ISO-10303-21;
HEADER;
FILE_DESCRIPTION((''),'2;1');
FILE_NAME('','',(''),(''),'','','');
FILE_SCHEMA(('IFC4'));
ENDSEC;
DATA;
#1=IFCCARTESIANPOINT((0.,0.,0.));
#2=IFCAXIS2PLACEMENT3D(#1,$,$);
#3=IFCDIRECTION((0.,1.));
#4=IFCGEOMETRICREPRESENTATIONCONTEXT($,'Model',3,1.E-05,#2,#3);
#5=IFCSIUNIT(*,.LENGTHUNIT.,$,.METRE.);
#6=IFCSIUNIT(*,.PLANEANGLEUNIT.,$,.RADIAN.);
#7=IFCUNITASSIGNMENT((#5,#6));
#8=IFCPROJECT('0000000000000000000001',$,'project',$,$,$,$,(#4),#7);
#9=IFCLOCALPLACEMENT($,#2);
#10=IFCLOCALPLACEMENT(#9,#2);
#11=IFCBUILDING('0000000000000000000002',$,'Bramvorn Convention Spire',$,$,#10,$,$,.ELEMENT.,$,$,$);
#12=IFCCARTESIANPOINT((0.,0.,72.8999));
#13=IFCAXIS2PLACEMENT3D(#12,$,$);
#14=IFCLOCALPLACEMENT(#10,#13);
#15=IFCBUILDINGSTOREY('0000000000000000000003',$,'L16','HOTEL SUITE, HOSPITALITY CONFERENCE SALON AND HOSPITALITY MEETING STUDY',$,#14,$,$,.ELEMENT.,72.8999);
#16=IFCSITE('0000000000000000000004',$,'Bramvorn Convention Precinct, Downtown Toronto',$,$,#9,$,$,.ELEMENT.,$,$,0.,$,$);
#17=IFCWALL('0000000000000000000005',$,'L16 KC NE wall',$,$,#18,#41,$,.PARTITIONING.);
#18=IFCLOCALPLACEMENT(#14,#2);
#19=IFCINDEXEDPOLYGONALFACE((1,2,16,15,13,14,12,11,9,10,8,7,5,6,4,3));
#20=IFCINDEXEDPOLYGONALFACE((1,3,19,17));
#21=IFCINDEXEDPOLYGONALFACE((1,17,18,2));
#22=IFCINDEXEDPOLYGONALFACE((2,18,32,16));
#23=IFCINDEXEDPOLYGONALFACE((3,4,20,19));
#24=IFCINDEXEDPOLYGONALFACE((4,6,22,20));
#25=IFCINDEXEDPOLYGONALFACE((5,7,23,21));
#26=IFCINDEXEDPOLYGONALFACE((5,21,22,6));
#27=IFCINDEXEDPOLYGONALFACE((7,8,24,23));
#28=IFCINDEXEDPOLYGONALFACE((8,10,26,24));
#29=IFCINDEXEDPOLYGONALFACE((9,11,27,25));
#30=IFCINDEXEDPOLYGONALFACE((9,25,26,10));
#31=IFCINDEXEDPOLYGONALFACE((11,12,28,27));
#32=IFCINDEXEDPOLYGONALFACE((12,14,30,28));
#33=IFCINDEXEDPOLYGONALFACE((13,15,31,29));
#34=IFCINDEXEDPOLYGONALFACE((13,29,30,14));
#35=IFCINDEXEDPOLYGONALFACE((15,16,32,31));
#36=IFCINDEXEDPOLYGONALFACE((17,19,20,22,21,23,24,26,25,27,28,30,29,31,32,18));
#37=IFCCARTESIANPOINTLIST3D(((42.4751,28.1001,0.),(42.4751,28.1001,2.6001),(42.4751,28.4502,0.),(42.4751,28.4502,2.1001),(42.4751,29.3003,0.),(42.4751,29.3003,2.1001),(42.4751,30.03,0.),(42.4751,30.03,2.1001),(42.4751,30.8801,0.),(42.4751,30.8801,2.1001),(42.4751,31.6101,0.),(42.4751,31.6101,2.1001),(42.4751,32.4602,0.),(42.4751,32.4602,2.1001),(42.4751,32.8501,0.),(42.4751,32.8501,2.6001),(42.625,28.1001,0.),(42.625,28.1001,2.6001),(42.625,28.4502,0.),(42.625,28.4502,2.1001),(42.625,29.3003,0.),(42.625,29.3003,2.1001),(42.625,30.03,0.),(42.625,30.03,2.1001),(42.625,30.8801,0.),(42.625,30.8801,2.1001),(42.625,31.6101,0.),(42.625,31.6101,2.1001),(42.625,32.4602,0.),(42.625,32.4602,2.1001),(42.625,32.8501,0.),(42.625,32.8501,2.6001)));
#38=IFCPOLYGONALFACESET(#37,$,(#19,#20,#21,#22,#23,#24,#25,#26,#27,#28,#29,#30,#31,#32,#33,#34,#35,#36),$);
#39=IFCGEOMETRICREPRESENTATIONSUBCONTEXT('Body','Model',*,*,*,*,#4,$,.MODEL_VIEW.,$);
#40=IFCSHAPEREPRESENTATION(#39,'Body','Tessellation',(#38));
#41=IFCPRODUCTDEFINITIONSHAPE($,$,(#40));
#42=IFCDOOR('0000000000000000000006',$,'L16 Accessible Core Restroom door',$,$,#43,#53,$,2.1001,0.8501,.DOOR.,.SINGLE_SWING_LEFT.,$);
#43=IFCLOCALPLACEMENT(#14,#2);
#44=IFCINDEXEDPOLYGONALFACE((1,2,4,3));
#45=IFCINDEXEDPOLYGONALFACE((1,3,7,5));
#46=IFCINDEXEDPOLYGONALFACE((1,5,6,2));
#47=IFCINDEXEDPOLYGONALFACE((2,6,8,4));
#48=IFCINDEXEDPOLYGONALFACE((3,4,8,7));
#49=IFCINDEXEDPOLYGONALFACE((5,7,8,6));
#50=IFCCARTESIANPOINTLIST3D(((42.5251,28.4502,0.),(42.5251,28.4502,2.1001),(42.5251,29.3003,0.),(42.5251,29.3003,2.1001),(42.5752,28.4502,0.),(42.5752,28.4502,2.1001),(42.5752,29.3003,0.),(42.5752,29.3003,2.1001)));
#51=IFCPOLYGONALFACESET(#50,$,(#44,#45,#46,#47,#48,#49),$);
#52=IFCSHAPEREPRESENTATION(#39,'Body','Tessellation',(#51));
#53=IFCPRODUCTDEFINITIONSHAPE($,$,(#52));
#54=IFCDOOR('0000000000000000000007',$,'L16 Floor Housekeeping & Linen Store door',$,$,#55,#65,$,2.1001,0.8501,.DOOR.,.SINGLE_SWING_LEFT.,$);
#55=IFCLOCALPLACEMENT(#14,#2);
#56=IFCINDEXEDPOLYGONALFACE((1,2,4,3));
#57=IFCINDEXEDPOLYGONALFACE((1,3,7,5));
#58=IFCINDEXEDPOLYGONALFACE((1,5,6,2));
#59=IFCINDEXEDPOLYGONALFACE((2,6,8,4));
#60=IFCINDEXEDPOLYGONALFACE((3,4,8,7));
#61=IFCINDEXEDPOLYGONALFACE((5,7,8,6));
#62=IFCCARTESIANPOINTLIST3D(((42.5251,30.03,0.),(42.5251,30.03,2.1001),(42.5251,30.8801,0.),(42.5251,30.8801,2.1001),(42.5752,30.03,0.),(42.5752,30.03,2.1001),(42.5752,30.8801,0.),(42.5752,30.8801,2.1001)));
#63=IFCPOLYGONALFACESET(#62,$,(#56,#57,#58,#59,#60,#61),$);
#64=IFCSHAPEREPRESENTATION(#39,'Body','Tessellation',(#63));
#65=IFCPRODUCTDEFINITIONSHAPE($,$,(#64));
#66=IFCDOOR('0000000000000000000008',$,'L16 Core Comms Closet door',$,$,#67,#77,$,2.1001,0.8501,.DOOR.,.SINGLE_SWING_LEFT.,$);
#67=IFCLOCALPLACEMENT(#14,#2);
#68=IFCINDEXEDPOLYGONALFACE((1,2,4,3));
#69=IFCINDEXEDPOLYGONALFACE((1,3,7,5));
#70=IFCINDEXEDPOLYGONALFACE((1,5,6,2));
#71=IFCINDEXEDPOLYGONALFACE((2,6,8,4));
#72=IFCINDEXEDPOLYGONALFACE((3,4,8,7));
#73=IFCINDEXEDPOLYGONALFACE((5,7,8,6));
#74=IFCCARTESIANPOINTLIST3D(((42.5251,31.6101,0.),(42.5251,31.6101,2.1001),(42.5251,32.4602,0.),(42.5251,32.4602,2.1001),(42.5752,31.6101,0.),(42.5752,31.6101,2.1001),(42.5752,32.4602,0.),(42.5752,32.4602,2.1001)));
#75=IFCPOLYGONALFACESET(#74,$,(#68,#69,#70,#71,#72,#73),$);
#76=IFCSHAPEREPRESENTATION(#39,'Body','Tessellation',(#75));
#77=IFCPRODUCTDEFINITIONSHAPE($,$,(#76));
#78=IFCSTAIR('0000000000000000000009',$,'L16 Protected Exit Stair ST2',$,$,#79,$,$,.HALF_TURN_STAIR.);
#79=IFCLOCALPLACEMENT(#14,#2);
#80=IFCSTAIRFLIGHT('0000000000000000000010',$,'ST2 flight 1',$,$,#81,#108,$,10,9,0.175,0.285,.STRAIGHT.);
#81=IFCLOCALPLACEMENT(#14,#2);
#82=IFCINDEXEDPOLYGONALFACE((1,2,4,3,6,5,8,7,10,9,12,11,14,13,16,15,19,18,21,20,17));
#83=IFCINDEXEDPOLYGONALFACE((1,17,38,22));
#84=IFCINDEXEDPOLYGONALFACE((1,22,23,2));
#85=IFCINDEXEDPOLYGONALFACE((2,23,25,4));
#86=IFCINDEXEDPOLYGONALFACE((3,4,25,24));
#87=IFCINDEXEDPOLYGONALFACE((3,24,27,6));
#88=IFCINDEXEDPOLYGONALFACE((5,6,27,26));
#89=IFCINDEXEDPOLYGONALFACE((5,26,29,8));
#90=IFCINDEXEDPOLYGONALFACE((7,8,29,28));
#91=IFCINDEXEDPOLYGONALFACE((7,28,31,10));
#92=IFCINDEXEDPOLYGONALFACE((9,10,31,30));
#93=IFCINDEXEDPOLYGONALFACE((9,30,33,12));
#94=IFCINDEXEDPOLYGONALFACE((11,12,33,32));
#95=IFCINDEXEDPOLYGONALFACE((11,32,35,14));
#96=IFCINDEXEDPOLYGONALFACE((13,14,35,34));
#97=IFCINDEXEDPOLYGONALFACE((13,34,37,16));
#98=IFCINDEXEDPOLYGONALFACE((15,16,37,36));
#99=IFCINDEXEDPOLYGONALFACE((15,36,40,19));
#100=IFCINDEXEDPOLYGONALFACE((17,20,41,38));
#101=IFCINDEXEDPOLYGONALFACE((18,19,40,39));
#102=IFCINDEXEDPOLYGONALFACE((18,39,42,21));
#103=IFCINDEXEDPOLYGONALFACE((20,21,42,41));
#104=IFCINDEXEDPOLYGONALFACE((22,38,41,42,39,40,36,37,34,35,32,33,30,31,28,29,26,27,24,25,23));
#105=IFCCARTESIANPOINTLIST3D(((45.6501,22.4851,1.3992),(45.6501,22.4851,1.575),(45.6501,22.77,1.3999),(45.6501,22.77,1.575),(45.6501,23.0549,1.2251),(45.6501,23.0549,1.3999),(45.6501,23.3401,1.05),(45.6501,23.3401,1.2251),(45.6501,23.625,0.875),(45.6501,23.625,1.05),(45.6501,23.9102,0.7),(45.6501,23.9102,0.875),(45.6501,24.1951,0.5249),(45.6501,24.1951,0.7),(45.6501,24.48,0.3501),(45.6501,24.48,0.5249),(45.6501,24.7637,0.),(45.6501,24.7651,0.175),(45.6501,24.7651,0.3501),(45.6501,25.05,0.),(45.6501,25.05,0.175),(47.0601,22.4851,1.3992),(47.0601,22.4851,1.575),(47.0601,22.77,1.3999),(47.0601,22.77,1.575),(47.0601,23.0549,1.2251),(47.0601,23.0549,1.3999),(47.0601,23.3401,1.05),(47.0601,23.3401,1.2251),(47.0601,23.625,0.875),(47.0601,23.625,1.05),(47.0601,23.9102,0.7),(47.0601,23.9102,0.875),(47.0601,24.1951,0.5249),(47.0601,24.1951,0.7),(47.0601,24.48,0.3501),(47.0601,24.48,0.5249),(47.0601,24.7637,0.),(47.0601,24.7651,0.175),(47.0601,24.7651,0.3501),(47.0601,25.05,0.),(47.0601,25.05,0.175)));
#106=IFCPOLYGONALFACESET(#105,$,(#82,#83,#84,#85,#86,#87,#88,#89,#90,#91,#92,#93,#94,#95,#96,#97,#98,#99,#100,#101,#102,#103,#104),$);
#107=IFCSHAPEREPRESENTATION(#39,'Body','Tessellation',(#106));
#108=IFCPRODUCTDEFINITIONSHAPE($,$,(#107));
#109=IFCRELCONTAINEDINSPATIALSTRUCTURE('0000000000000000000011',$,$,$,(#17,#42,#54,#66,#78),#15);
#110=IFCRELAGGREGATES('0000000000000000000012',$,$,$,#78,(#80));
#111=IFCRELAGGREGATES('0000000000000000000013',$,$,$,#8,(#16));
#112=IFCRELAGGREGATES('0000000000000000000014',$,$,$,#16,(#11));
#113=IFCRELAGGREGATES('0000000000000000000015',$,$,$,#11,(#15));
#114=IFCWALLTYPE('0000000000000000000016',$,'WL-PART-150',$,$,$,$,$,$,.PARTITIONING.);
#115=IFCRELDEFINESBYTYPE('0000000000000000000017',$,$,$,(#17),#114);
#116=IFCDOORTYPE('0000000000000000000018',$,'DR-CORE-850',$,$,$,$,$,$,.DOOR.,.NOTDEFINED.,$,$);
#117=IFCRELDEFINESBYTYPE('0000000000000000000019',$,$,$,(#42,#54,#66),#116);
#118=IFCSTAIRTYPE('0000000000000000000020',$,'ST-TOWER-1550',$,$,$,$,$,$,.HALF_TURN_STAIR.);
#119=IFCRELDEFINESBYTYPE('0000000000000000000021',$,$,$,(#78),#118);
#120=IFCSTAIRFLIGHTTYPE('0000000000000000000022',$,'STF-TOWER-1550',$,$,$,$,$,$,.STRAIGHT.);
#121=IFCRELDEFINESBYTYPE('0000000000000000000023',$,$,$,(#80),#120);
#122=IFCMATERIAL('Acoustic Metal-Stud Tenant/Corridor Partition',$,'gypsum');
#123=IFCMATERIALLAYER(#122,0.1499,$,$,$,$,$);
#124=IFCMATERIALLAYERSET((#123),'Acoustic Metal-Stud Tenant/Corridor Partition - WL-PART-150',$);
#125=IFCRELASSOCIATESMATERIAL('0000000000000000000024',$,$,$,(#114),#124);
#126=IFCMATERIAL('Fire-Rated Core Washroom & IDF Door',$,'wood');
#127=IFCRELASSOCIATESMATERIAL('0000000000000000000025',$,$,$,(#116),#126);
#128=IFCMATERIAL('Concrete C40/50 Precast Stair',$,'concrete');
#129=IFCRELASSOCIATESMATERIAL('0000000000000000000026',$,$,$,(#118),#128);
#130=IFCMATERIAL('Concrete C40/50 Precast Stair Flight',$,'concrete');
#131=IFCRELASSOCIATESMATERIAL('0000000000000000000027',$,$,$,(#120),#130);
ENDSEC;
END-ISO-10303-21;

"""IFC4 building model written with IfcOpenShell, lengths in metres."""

from ifc_helpers import new_model, si_unit, direction, frame, frame_2d, origin, place, context, subcontext, project, spatial, polyline, rectangle, outline, extrude, material, layer, layer_set, type_object, element, fill, aggregate, save


model = new_model("IFC4")

# Units and contexts
model_context = context("Model", 3, precision=1e-05, world=origin(), true_north=direction((0.0, 1.0)))
body_context = subcontext(model_context, "Body", "Model", "MODEL_VIEW")
ifc_project = project(units=[si_unit("LENGTHUNIT", "METRE"), si_unit("PLANEANGLEUNIT", "RADIAN")], contexts=[model_context])

# Site, building, storey
site_placement = place(None, origin())
site = spatial("IfcSite", under=ifc_project, at=site_placement, Name="Bramvorn Convention Precinct, Downtown Toronto", CompositionType="ELEMENT", RefElevation=0.0)
building_placement = place(site_placement, origin())
building = spatial("IfcBuilding", under=site, at=building_placement, Name="Bramvorn Convention Spire", CompositionType="ELEMENT")
storey_placement = place(building_placement, frame((0.0, 0.0, 72.8999)))
storey = spatial("IfcBuildingStorey", under=building, at=storey_placement, Name="L16", Description="HOTEL SUITE, HOSPITALITY CONFERENCE SALON AND HOSPITALITY MEETING STUDY", CompositionType="ELEMENT", Elevation=72.8999)

# Shared definitions
ifc_material_1 = material(Name="Acoustic Metal-Stud Tenant/Corridor Partition", Category="gypsum")
ifc_layer_1 = layer(ifc_material_1, 0.1499)
ifc_layer_set_1 = layer_set([ifc_layer_1], Name="Acoustic Metal-Stud Tenant/Corridor Partition - WL-PART-150")
wall_type_1 = type_object("IfcWallType", Name="WL-PART-150", PredefinedType="PARTITIONING", material=ifc_layer_set_1)

# Wall, openings, doors
wall_1_placement = place(storey_placement, frame((42.55, 28.1001, 0.0), z_axis=(0.0, 0.0, 1.0), x_axis=(0.0, 1.0, 0.0)))
wall_1 = element("IfcWall", 1, at=wall_1_placement, inside=storey, type_object=wall_type_1, Name="L16 KC NE wall", PredefinedType="PARTITIONING", context=body_context, shape_type="SweptSolid", body=[
    extrude(rectangle(XDim=4.75, YDim=0.1499, at=frame_2d((2.375, 0.0))), origin(), (0.0, 0.0, 1.0), 2.6001),
])
opening_1_placement = place(wall_1_placement, frame((0.3501, 0.0, 0.0)))
opening_1 = element("IfcOpeningElement", 2, at=opening_1_placement, cuts=wall_1, PredefinedType="OPENING", context=body_context, shape_type="SweptSolid", body=[
    extrude(rectangle(XDim=0.8501, YDim=2.1001, at=frame_2d((0.425, 1.05))), frame((0.0, 0.085, 0.0), z_axis=(0.0, -1.0, 0.0), x_axis=(1.0, 0.0, 0.0)), (0.0, 0.0, 1.0), 0.1699),
])
opening_2_placement = place(wall_1_placement, frame((1.9299, 0.0, 0.0)))
opening_2 = element("IfcOpeningElement", 3, at=opening_2_placement, cuts=wall_1, PredefinedType="OPENING", context=body_context, shape_type="SweptSolid", body=[
    extrude(rectangle(XDim=0.8501, YDim=2.1001, at=frame_2d((0.425, 1.05))), frame((0.0, 0.085, 0.0), z_axis=(0.0, -1.0, 0.0), x_axis=(1.0, 0.0, 0.0)), (0.0, 0.0, 1.0), 0.1699),
])
opening_3_placement = place(wall_1_placement, frame((3.51, 0.0, 0.0)))
opening_3 = element("IfcOpeningElement", 4, at=opening_3_placement, cuts=wall_1, PredefinedType="OPENING", context=body_context, shape_type="SweptSolid", body=[
    extrude(rectangle(XDim=0.8501, YDim=2.1001, at=frame_2d((0.425, 1.05))), frame((0.0, 0.085, 0.0), z_axis=(0.0, -1.0, 0.0), x_axis=(1.0, 0.0, 0.0)), (0.0, 0.0, 1.0), 0.1699),
])
ifc_material_2 = material(Name="Fire-Rated Core Washroom & IDF Door", Category="wood")
door_type_1 = type_object("IfcDoorType", Name="DR-CORE-850", OperationType="NOTDEFINED", PredefinedType="DOOR", material=ifc_material_2)
door_1_placement = place(opening_1_placement, origin())
door_1 = element("IfcDoor", 5, at=door_1_placement, inside=storey, type_object=door_type_1, Name="L16 Accessible Core Restroom door", OperationType="SINGLE_SWING_LEFT", OverallHeight=2.1001, OverallWidth=0.8501, PredefinedType="DOOR", context=body_context, shape_type="SweptSolid", body=[
    extrude(rectangle(XDim=0.8501, YDim=2.1001, at=frame_2d((0.425, 1.05))), frame((0.0, 0.0249, 0.0), z_axis=(0.0, -1.0, 0.0), x_axis=(1.0, 0.0, 0.0)), (0.0, 0.0, 1.0), 0.05),
])
fill(opening_1, door_1)
door_2_placement = place(opening_2_placement, origin())
door_2 = element("IfcDoor", 6, at=door_2_placement, inside=storey, type_object=door_type_1, Name="L16 Floor Housekeeping & Linen Store door", OperationType="SINGLE_SWING_LEFT", OverallHeight=2.1001, OverallWidth=0.8501, PredefinedType="DOOR", context=body_context, shape_type="SweptSolid", body=[
    extrude(rectangle(XDim=0.8501, YDim=2.1001, at=frame_2d((0.425, 1.05))), frame((0.0, 0.0249, 0.0), z_axis=(0.0, -1.0, 0.0), x_axis=(1.0, 0.0, 0.0)), (0.0, 0.0, 1.0), 0.05),
])
fill(opening_2, door_2)
door_3_placement = place(opening_3_placement, origin())
door_3 = element("IfcDoor", 7, at=door_3_placement, inside=storey, type_object=door_type_1, Name="L16 Core Comms Closet door", OperationType="SINGLE_SWING_LEFT", OverallHeight=2.1001, OverallWidth=0.8501, PredefinedType="DOOR", context=body_context, shape_type="SweptSolid", body=[
    extrude(rectangle(XDim=0.8501, YDim=2.1001, at=frame_2d((0.425, 1.05))), frame((0.0, 0.0249, 0.0), z_axis=(0.0, -1.0, 0.0), x_axis=(1.0, 0.0, 0.0)), (0.0, 0.0, 1.0), 0.05),
])
fill(opening_3, door_3)

# Stair, stair flight
ifc_material_3 = material(Name="Concrete C40/50 Precast Stair", Category="concrete")
stair_type = type_object("IfcStairType", Name="ST-TOWER-1550", PredefinedType="HALF_TURN_STAIR", material=ifc_material_3)
stair_placement = place(storey_placement, origin())
stair = element("IfcStair", 8, at=stair_placement, inside=storey, type_object=stair_type, Name="L16 Protected Exit Stair ST2", PredefinedType="HALF_TURN_STAIR")
ifc_material_4 = material(Name="Concrete C40/50 Precast Stair Flight", Category="concrete")
stair_flight_type = type_object("IfcStairFlightType", Name="STF-TOWER-1550", PredefinedType="STRAIGHT", material=ifc_material_4)
stair_flight_placement = place(storey_placement, frame((46.355, 25.05, 0.0), z_axis=(0.0, 0.0, 1.0), x_axis=(0.0, -1.0, 0.0)))
stair_flight = element("IfcStairFlight", 9, at=stair_flight_placement, type_object=stair_flight_type, Name="ST2 flight 1", NumberOfRisers=10, NumberOfTreads=9, PredefinedType="STRAIGHT", RiserHeight=0.175, TreadLength=0.285, context=body_context, shape_type="SweptSolid", body=[
    extrude(outline(polyline([(0.0, 0.0), (0.0, 0.175), (0.2849, 0.175), (0.2849, 0.3501), (0.5701, 0.3501), (0.5701, 0.5249), (0.855, 0.5249), (0.855, 0.7), (1.1399, 0.7), (1.1399, 0.875), (1.425, 0.875), (1.425, 1.05), (1.71, 1.05), (1.71, 1.2251), (1.9951, 1.2251), (1.9951, 1.3999), (2.28, 1.3999), (2.28, 1.575), (2.5649, 1.575), (2.5649, 1.75), (2.5649, 1.3992), (0.2864, 0.0), (0.0, 0.0)])), frame((0.0, 0.7051, 0.0), z_axis=(0.0, -1.0, 0.0), x_axis=(1.0, 0.0, 0.0)), (0.0, 0.0, 1.0), 1.4099),
])
aggregate(stair, [stair_flight])

save(model, "model.ifc")
